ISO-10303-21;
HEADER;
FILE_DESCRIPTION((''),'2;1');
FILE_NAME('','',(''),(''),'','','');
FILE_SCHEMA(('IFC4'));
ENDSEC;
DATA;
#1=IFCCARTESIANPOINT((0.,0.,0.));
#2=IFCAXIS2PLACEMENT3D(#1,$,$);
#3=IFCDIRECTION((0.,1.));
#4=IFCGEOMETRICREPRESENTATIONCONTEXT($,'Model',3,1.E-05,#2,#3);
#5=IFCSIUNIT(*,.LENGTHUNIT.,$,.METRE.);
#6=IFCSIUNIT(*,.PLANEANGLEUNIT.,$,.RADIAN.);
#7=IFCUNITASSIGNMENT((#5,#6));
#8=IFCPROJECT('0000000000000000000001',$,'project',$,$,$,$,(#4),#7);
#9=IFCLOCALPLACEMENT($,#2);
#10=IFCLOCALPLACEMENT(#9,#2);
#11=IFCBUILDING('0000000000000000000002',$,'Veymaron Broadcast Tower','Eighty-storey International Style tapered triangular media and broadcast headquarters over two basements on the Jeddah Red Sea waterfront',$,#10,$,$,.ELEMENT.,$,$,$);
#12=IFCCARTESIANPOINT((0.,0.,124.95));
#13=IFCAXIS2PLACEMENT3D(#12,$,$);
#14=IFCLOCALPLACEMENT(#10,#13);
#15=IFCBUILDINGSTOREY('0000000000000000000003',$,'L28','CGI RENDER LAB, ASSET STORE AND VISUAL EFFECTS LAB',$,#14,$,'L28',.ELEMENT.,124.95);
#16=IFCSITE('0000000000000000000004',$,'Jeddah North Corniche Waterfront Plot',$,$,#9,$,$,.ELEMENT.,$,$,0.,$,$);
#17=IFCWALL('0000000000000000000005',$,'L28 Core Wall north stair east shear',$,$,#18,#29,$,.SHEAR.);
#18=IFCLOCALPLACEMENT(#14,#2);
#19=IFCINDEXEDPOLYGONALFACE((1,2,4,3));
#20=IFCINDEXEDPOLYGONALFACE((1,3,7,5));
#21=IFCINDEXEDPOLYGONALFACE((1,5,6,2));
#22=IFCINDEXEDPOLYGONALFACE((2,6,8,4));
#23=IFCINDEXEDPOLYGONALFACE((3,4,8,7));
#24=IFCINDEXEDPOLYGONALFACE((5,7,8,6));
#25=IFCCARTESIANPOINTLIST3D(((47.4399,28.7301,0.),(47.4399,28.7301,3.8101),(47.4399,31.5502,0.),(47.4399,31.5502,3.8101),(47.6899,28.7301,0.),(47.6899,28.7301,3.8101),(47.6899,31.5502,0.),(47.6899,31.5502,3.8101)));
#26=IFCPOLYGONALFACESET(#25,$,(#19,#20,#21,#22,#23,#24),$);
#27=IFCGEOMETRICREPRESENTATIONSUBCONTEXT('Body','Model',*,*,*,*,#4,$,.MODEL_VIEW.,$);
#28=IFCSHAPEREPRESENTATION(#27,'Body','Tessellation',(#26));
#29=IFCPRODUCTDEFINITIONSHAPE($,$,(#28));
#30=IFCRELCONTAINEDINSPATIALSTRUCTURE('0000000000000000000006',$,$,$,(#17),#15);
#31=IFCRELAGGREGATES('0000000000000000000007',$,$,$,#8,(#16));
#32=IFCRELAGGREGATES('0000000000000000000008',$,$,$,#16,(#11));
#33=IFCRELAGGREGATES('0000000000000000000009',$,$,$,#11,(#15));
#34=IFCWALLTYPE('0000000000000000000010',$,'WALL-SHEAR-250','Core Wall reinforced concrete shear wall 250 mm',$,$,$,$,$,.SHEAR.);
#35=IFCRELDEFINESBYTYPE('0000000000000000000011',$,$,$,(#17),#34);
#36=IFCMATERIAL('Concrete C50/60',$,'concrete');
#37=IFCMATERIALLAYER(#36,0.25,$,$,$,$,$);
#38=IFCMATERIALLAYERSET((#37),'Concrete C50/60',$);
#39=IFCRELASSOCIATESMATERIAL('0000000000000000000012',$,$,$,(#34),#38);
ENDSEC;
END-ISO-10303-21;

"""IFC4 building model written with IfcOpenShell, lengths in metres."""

from ifc_helpers import new_model, si_unit, direction, frame, frame_2d, origin, place, context, subcontext, project, spatial, rectangle, extrude, material, layer, layer_set, type_object, element, save


model = new_model("IFC4")

# Units and contexts
model_context = context("Model", 3, precision=1e-05, world=origin(), true_north=direction((0.0, 1.0)))
body_context = subcontext(model_context, "Body", "Model", "MODEL_VIEW")
ifc_project = project(units=[si_unit("LENGTHUNIT", "METRE"), si_unit("PLANEANGLEUNIT", "RADIAN")], contexts=[model_context])

# Site, building, storey
site_placement = place(None, origin())
site = spatial("IfcSite", under=ifc_project, at=site_placement, Name="Jeddah North Corniche Waterfront Plot", CompositionType="ELEMENT", RefElevation=0.0)
building_placement = place(site_placement, origin())
building = spatial("IfcBuilding", under=site, at=building_placement, Name="Veymaron Broadcast Tower", Description="Eighty-storey International Style tapered triangular media and broadcast headquarters over two basements on the Jeddah Red Sea waterfront", CompositionType="ELEMENT")
storey_placement = place(building_placement, frame((0.0, 0.0, 124.95)))
storey = spatial("IfcBuildingStorey", under=building, at=storey_placement, Name="L28", Description="CGI RENDER LAB, ASSET STORE AND VISUAL EFFECTS LAB", LongName="L28", CompositionType="ELEMENT", Elevation=124.95)

# Wall
ifc_material_1 = material(Name="Concrete C50/60", Category="concrete")
ifc_layer_1 = layer(ifc_material_1, 0.25)
ifc_layer_set_1 = layer_set([ifc_layer_1], Name="Concrete C50/60")
wall_type_1 = type_object("IfcWallType", Name="WALL-SHEAR-250", Description="Core Wall reinforced concrete shear wall 250 mm", PredefinedType="SHEAR", material=ifc_layer_set_1)
wall_1_placement = place(storey_placement, frame((47.5649, 28.73, 0.0), z_axis=(0.0, 0.0, 1.0), x_axis=(0.0, 1.0, 0.0)))
element("IfcWall", 1, at=wall_1_placement, inside=storey, type_object=wall_type_1, Name="L28 Core Wall north stair east shear", PredefinedType="SHEAR", context=body_context, shape_type="SweptSolid", body=[
    extrude(rectangle(XDim=2.8201, YDim=0.25, at=frame_2d((1.4102, 0.0))), origin(), (0.0, 0.0, 1.0), 3.8101),
])

save(model, "model.ifc")
